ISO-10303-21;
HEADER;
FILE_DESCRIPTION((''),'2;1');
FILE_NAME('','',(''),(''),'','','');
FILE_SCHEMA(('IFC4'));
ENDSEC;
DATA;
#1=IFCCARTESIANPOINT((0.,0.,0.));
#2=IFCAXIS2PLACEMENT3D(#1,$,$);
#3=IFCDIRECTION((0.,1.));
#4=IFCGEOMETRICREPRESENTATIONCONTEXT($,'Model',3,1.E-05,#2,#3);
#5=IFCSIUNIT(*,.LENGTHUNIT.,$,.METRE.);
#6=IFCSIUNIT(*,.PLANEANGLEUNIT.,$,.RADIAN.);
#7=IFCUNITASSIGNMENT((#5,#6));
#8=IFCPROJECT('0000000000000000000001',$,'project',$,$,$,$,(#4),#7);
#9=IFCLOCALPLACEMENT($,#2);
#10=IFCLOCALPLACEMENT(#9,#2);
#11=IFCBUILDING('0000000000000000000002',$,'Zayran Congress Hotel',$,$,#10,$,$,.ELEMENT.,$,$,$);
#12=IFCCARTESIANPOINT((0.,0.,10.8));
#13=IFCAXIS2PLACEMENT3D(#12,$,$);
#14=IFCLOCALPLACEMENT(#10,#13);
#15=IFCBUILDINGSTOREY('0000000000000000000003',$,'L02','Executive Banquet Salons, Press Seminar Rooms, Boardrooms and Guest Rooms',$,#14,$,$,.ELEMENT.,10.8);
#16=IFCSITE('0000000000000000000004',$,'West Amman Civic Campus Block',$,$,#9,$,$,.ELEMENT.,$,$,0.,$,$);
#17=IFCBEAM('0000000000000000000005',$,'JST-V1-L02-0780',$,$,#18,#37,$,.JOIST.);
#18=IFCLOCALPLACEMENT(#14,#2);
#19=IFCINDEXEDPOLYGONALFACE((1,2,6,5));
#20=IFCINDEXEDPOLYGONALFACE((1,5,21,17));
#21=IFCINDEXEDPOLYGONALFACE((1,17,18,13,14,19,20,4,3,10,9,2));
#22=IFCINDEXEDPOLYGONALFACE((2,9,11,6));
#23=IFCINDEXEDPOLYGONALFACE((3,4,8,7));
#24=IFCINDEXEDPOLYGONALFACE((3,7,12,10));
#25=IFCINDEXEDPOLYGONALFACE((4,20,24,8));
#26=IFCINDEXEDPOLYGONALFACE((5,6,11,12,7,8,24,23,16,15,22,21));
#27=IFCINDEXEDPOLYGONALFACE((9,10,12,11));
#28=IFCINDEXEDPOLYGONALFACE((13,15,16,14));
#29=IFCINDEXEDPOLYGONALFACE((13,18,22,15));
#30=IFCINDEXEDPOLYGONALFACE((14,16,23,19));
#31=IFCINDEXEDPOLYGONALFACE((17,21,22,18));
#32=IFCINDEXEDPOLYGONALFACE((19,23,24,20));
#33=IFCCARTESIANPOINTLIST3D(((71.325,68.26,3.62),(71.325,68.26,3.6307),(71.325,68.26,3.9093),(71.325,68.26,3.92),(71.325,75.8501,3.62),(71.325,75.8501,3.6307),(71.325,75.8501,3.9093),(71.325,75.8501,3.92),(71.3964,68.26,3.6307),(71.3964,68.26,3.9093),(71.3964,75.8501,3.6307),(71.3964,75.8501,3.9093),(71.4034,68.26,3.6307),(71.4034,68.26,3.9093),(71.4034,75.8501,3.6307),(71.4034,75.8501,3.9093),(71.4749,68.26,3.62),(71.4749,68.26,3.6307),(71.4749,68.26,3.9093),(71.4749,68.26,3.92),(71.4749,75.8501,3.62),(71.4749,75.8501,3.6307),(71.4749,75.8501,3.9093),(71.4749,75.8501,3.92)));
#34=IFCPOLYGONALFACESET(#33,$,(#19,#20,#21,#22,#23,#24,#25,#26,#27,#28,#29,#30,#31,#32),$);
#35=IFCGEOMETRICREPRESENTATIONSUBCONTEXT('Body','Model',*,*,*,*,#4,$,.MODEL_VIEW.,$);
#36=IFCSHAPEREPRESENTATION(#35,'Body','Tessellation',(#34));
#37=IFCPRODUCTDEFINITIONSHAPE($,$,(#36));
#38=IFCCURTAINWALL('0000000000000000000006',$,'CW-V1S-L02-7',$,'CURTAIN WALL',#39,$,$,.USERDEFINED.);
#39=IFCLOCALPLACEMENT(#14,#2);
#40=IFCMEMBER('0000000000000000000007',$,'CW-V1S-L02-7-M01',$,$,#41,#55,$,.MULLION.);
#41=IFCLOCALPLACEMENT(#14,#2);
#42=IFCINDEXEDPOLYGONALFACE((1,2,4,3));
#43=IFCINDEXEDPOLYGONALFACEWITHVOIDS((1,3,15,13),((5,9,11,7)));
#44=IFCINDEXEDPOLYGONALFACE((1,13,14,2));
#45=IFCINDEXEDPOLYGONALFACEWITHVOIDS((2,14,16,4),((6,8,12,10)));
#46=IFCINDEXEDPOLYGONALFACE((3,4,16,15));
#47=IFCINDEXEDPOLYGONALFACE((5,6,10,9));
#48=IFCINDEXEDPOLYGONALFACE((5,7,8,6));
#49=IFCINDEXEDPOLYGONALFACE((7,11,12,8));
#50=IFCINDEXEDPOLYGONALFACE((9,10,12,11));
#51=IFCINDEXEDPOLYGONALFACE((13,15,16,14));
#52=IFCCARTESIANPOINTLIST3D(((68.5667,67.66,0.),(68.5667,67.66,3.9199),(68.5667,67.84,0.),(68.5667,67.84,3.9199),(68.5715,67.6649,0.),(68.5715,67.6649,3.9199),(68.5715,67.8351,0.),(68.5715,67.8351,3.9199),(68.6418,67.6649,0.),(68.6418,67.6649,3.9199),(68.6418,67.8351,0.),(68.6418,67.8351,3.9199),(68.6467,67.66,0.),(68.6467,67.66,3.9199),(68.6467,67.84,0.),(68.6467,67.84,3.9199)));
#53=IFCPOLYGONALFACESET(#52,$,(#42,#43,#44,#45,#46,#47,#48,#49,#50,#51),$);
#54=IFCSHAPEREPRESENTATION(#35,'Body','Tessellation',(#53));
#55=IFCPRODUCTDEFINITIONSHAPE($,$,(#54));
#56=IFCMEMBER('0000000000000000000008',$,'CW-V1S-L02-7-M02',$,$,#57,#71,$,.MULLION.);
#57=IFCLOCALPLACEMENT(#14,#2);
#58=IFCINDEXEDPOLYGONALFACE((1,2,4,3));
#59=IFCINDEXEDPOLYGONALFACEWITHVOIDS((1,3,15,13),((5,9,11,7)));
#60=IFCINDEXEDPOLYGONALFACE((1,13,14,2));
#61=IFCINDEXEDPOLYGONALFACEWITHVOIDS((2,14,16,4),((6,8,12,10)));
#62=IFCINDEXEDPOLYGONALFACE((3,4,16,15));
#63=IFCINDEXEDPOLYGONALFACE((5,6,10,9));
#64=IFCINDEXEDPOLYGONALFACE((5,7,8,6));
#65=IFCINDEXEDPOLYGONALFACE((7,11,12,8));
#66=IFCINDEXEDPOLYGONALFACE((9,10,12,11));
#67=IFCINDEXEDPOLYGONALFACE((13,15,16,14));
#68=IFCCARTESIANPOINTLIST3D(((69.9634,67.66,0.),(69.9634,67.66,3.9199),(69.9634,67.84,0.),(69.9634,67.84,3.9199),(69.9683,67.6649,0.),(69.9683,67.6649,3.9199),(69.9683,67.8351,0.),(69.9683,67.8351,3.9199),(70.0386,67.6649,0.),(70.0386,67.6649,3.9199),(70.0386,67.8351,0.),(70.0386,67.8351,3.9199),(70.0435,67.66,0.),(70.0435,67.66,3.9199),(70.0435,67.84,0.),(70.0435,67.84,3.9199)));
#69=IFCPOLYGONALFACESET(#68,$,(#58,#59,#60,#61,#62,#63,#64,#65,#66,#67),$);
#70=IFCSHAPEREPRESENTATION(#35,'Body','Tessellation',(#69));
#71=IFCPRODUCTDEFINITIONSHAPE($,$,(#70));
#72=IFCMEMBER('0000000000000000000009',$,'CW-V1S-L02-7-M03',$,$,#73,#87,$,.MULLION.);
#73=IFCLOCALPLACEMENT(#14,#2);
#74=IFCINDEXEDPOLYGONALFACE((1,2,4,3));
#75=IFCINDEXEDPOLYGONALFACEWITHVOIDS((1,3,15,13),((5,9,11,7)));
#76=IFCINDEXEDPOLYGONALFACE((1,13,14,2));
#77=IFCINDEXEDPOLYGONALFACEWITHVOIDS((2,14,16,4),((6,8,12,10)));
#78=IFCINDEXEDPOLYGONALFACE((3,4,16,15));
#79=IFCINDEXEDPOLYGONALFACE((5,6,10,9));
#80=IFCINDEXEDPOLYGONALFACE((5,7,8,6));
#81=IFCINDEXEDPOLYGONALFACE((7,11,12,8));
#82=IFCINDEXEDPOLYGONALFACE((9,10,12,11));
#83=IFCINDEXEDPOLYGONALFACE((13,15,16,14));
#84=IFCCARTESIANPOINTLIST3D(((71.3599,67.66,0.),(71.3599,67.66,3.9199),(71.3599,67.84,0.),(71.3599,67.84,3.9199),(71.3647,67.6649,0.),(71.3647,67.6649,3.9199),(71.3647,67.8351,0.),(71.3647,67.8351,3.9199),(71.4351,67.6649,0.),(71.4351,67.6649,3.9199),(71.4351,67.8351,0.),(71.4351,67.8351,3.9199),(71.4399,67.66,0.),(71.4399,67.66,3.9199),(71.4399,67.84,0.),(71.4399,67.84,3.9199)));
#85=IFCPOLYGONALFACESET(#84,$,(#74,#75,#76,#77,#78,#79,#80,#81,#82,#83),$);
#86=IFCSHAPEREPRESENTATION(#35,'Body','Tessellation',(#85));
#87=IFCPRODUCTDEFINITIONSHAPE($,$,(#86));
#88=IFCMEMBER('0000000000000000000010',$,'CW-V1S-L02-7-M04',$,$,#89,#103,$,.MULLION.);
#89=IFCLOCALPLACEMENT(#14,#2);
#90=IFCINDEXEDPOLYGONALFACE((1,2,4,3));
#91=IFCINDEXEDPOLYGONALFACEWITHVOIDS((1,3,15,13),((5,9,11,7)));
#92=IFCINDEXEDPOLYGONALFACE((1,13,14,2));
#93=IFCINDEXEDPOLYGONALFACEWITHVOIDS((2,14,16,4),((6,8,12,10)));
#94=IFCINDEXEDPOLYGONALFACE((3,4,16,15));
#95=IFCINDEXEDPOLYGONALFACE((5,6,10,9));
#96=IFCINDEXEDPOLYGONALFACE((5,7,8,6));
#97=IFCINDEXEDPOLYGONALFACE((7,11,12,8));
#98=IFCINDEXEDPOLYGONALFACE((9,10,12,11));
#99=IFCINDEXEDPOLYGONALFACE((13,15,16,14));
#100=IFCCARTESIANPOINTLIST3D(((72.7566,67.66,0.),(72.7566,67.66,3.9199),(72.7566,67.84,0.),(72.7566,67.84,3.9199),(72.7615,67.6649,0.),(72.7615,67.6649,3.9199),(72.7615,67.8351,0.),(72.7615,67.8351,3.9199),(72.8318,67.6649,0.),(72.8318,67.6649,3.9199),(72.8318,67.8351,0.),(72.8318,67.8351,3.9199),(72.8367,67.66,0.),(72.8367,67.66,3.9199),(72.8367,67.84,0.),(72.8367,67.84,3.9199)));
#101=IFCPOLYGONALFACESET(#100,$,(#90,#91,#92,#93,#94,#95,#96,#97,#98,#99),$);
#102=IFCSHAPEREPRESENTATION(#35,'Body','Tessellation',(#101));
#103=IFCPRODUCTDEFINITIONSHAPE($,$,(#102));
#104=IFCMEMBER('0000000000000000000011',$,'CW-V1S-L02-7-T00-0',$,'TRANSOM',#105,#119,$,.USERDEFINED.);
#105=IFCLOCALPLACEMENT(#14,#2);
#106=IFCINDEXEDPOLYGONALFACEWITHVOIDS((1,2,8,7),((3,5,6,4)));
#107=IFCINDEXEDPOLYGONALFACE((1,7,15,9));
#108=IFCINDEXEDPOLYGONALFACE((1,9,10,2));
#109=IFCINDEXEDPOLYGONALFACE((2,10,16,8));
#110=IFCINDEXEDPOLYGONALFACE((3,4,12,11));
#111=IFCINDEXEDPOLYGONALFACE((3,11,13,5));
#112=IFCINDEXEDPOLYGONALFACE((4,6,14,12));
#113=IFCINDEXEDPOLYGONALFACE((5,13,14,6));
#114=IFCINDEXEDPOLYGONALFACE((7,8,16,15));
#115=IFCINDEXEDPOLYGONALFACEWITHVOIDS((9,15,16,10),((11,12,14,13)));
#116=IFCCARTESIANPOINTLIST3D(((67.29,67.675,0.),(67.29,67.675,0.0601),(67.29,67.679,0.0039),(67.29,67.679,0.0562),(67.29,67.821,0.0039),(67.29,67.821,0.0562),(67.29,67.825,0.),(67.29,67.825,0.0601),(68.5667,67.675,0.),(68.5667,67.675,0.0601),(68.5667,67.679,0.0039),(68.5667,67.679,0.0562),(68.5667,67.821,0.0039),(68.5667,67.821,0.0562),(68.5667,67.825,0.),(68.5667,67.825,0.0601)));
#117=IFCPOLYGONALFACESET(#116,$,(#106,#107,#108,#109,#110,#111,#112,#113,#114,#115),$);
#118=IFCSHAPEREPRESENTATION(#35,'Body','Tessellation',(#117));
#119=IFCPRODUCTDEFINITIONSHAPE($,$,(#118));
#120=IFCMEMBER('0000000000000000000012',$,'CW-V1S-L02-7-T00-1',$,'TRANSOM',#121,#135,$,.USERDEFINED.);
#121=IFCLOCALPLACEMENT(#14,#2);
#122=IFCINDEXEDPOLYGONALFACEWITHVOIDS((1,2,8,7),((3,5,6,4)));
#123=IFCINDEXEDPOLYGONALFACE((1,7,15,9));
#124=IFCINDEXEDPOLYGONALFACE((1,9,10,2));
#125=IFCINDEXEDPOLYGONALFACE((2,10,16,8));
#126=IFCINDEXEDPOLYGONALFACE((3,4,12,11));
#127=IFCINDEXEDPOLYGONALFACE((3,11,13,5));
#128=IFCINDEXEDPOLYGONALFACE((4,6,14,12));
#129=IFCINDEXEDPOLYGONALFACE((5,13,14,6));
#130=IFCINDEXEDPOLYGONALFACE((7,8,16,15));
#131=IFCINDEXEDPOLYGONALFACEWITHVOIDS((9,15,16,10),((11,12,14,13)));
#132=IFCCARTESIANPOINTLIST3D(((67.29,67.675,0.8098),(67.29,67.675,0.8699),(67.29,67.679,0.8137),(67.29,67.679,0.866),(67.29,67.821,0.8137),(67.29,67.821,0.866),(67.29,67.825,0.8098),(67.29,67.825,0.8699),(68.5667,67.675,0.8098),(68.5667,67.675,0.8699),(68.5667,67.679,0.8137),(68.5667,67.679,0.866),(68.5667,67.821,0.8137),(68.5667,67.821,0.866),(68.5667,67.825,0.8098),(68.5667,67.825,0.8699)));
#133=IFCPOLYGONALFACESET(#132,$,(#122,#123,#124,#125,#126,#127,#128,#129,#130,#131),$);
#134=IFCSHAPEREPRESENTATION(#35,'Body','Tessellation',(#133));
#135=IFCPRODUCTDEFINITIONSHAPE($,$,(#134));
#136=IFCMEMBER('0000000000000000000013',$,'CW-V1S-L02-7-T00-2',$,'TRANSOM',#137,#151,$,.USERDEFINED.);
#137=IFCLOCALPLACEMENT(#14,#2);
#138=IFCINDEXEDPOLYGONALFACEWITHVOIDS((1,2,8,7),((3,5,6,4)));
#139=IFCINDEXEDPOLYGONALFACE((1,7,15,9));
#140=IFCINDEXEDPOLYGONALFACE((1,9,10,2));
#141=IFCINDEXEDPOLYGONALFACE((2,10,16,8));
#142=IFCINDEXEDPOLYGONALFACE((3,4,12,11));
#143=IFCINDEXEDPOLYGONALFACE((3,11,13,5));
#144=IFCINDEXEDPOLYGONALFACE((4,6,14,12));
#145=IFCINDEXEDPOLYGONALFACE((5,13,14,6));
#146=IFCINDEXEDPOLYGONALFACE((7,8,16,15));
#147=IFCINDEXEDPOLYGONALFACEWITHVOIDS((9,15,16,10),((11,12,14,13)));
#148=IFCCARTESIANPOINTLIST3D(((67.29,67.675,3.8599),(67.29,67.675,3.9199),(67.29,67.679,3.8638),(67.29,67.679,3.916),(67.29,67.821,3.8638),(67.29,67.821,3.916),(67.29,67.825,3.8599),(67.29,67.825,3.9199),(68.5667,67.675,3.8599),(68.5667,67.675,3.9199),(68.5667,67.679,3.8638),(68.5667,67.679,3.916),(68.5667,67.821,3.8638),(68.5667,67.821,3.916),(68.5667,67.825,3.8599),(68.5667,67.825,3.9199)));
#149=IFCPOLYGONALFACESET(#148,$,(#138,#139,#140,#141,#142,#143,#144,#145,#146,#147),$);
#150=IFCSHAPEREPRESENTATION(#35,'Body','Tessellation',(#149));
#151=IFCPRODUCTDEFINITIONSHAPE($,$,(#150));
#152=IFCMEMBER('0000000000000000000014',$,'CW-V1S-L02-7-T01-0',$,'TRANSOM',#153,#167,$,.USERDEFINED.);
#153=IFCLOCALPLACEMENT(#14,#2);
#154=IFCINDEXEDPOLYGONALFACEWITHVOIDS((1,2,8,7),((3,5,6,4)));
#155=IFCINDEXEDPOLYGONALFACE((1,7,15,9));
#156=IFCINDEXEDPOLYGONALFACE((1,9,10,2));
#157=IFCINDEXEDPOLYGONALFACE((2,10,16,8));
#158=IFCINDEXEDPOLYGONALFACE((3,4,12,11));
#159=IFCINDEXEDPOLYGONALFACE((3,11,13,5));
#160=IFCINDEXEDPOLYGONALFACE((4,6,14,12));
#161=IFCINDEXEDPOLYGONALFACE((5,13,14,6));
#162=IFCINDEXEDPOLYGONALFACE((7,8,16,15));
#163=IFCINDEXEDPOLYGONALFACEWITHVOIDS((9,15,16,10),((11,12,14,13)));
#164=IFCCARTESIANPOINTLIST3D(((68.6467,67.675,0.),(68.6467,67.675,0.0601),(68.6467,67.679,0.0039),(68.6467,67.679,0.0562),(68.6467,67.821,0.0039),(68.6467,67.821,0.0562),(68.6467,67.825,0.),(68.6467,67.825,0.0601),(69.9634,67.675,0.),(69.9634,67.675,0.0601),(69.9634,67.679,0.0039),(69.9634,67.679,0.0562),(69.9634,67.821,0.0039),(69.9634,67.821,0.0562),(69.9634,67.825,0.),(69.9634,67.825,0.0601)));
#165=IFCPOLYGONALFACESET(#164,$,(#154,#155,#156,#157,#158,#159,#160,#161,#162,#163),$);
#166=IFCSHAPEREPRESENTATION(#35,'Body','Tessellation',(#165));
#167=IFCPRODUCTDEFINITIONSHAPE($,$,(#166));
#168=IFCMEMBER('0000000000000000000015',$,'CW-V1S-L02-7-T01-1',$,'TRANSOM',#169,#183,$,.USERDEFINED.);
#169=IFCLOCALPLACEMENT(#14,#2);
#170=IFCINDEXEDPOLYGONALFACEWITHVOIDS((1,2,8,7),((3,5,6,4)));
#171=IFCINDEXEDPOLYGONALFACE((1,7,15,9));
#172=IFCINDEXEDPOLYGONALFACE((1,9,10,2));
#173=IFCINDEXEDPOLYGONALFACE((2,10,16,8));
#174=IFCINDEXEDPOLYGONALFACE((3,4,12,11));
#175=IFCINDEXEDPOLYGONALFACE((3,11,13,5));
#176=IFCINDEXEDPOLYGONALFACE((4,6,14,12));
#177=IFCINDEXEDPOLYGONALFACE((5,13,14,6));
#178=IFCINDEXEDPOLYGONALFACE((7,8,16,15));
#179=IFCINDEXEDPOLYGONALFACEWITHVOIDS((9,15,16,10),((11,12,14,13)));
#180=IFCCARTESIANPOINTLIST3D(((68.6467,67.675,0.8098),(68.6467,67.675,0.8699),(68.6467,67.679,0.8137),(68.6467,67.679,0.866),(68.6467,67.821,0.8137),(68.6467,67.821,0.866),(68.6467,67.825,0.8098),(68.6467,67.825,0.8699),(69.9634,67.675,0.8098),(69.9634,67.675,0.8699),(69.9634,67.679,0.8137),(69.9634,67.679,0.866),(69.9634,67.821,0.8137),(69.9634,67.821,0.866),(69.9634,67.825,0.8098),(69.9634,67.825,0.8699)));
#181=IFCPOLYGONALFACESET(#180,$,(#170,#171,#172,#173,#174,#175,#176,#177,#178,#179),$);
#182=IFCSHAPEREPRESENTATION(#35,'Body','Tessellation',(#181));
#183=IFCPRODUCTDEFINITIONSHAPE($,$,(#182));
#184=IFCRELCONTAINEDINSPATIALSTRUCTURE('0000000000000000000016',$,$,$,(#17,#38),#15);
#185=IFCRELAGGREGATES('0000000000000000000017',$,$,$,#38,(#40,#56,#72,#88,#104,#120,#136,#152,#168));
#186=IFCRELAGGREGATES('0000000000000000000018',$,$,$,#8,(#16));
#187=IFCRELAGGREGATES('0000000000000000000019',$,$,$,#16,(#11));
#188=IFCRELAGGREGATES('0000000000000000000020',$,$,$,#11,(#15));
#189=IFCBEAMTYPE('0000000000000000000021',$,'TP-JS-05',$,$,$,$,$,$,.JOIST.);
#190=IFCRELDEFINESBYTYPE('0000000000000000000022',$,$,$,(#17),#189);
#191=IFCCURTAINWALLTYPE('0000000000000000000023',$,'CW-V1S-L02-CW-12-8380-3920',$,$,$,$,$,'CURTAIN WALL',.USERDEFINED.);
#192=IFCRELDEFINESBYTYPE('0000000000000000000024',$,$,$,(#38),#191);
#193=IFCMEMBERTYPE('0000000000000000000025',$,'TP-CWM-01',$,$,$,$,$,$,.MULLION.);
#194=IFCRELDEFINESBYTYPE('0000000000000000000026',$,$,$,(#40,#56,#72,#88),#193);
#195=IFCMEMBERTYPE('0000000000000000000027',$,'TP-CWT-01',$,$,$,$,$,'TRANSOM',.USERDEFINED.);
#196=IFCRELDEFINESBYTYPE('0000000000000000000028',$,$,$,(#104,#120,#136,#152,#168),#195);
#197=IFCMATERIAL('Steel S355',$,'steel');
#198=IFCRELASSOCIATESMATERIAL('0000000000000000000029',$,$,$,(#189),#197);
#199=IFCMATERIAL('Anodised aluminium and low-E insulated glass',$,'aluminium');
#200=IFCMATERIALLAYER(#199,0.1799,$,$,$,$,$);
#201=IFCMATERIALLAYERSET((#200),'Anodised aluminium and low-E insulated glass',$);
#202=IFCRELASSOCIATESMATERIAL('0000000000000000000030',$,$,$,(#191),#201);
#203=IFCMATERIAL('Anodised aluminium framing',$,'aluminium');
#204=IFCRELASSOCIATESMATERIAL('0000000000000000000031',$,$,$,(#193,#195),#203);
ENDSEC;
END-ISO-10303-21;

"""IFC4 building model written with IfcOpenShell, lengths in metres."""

from ifc_helpers import new_model, si_unit, direction, frame, origin, origin_2d, place, context, subcontext, project, spatial, hollow_rectangle, i_section, extrude, material, layer, layer_set, material_profile, profile_set, type_object, element, aggregate, save


model = new_model("IFC4")

# Units and contexts
model_context = context("Model", 3, precision=1e-05, world=origin(), true_north=direction((0.0, 1.0)))
body_context = subcontext(model_context, "Body", "Model", "MODEL_VIEW")
ifc_project = project(units=[si_unit("LENGTHUNIT", "METRE"), si_unit("PLANEANGLEUNIT", "RADIAN")], contexts=[model_context])

# Site, building, storey
site_placement = place(None, origin())
site = spatial("IfcSite", under=ifc_project, at=site_placement, Name="West Amman Civic Campus Block", CompositionType="ELEMENT", RefElevation=0.0)
building_placement = place(site_placement, origin())
building = spatial("IfcBuilding", under=site, at=building_placement, Name="Zayran Congress Hotel", CompositionType="ELEMENT")
storey_placement = place(building_placement, frame((0.0, 0.0, 10.8)))
storey = spatial("IfcBuildingStorey", under=building, at=storey_placement, Name="L02", Description="Executive Banquet Salons, Press Seminar Rooms, Boardrooms and Guest Rooms", CompositionType="ELEMENT", Elevation=10.8)

# Beam
ifc_material_1 = material(Name="Steel S355", Category="steel")
ifc_material_profile_1 = material_profile(ifc_material_1, i_section(OverallWidth=0.1499, OverallDepth=0.3, WebThickness=0.0071, FlangeThickness=0.0107, at=origin_2d()), Name="IPE 300")
ifc_profile_set_1 = profile_set([ifc_material_profile_1], Name="Steel S355")
beam_type = type_object("IfcBeamType", Name="TP-JS-05", PredefinedType="JOIST", material=ifc_profile_set_1)
beam_placement = place(storey_placement, frame((71.3999, 68.26, 3.77), z_axis=(0.0, 1.0, 0.0), x_axis=(-1.0, 0.0, 0.0)))
element("IfcBeam", 1, at=beam_placement, inside=storey, type_object=beam_type, Name="JST-V1-L02-0780", PredefinedType="JOIST", context=body_context, shape_type="SweptSolid", body=[
    extrude(i_section(OverallWidth=0.1499, OverallDepth=0.3, WebThickness=0.0071, FlangeThickness=0.0107, at=origin_2d()), origin(), (0.0, 0.0, 1.0), 7.5901),
])

# Curtain wall, members
ifc_material_2 = material(Name="Anodised aluminium and low-E insulated glass", Category="aluminium")
ifc_layer_1 = layer(ifc_material_2, 0.1799)
ifc_layer_set_1 = layer_set([ifc_layer_1], Name="Anodised aluminium and low-E insulated glass")
curtain_wall_type = type_object("IfcCurtainWallType", Name="CW-V1S-L02-CW-12-8380-3920", ElementType="CURTAIN WALL", PredefinedType="USERDEFINED", material=ifc_layer_set_1)
curtain_wall_placement = place(storey_placement, origin())
curtain_wall = element("IfcCurtainWall", 2, at=curtain_wall_placement, inside=storey, type_object=curtain_wall_type, Name="CW-V1S-L02-7", ObjectType="CURTAIN WALL", PredefinedType="USERDEFINED")
ifc_material_3 = material(Name="Anodised aluminium framing", Category="aluminium")
ifc_material_profile_2 = material_profile(ifc_material_3, hollow_rectangle(XDim=0.0801, YDim=0.1799, WallThickness=0.0049, at=origin_2d()), Name="RHS 180x80x5")
ifc_profile_set_2 = profile_set([ifc_material_profile_2], Name="Anodised aluminium framing")
member_type_1 = type_object("IfcMemberType", Name="TP-CWM-01", PredefinedType="MULLION", material=ifc_profile_set_2)
member_1_placement = place(storey_placement, frame((68.6067, 67.75, 0.0), z_axis=(0.0, 0.0, 1.0), x_axis=(1.0, 0.0, 0.0)))
member_1 = element("IfcMember", 3, at=member_1_placement, type_object=member_type_1, Name="CW-V1S-L02-7-M01", PredefinedType="MULLION", context=body_context, shape_type="SweptSolid", body=[
    extrude(hollow_rectangle(XDim=0.0801, YDim=0.1799, WallThickness=0.0049, at=origin_2d()), origin(), (0.0, 0.0, 1.0), 3.9199),
])
member_2_placement = place(storey_placement, frame((70.0034, 67.75, 0.0), z_axis=(0.0, 0.0, 1.0), x_axis=(1.0, 0.0, 0.0)))
member_2 = element("IfcMember", 4, at=member_2_placement, type_object=member_type_1, Name="CW-V1S-L02-7-M02", PredefinedType="MULLION", context=body_context, shape_type="SweptSolid", body=[
    extrude(hollow_rectangle(XDim=0.0801, YDim=0.1799, WallThickness=0.0049, at=origin_2d()), origin(), (0.0, 0.0, 1.0), 3.9199),
])
member_3_placement = place(storey_placement, frame((71.3999, 67.75, 0.0), z_axis=(0.0, 0.0, 1.0), x_axis=(1.0, 0.0, 0.0)))
member_3 = element("IfcMember", 5, at=member_3_placement, type_object=member_type_1, Name="CW-V1S-L02-7-M03", PredefinedType="MULLION", context=body_context, shape_type="SweptSolid", body=[
    extrude(hollow_rectangle(XDim=0.0801, YDim=0.1799, WallThickness=0.0049, at=origin_2d()), origin(), (0.0, 0.0, 1.0), 3.9199),
])
member_4_placement = place(storey_placement, frame((72.7966, 67.75, 0.0), z_axis=(0.0, 0.0, 1.0), x_axis=(1.0, 0.0, 0.0)))
member_4 = element("IfcMember", 6, at=member_4_placement, type_object=member_type_1, Name="CW-V1S-L02-7-M04", PredefinedType="MULLION", context=body_context, shape_type="SweptSolid", body=[
    extrude(hollow_rectangle(XDim=0.0801, YDim=0.1799, WallThickness=0.0049, at=origin_2d()), origin(), (0.0, 0.0, 1.0), 3.9199),
])
ifc_material_profile_3 = material_profile(ifc_material_3, hollow_rectangle(XDim=0.0601, YDim=0.1499, WallThickness=0.0039, at=origin_2d()), Name="RHS 150x60x4")
ifc_profile_set_3 = profile_set([ifc_material_profile_3], Name="Anodised aluminium framing")
member_type_2 = type_object("IfcMemberType", Name="TP-CWT-01", ElementType="TRANSOM", PredefinedType="USERDEFINED", material=ifc_profile_set_3)
member_5_placement = place(storey_placement, frame((67.29, 67.75, 0.03), z_axis=(1.0, 0.0, 0.0), x_axis=(0.0, 0.0, 1.0)))
member_5 = element("IfcMember", 7, at=member_5_placement, type_object=member_type_2, Name="CW-V1S-L02-7-T00-0", ObjectType="TRANSOM", PredefinedType="USERDEFINED", context=body_context, shape_type="SweptSolid", body=[
    extrude(hollow_rectangle(XDim=0.0601, YDim=0.1499, WallThickness=0.0039, at=origin_2d()), origin(), (0.0, 0.0, 1.0), 1.2766),
])
member_6_placement = place(storey_placement, frame((67.29, 67.75, 0.8398), z_axis=(1.0, 0.0, 0.0), x_axis=(0.0, 0.0, 1.0)))
member_6 = element("IfcMember", 8, at=member_6_placement, type_object=member_type_2, Name="CW-V1S-L02-7-T00-1", ObjectType="TRANSOM", PredefinedType="USERDEFINED", context=body_context, shape_type="SweptSolid", body=[
    extrude(hollow_rectangle(XDim=0.0601, YDim=0.1499, WallThickness=0.0039, at=origin_2d()), origin(), (0.0, 0.0, 1.0), 1.2766),
])
member_7_placement = place(storey_placement, frame((67.29, 67.75, 3.8899), z_axis=(1.0, 0.0, 0.0), x_axis=(0.0, 0.0, 1.0)))
member_7 = element("IfcMember", 9, at=member_7_placement, type_object=member_type_2, Name="CW-V1S-L02-7-T00-2", ObjectType="TRANSOM", PredefinedType="USERDEFINED", context=body_context, shape_type="SweptSolid", body=[
    extrude(hollow_rectangle(XDim=0.0601, YDim=0.1499, WallThickness=0.0039, at=origin_2d()), origin(), (0.0, 0.0, 1.0), 1.2766),
])
member_8_placement = place(storey_placement, frame((68.6467, 67.75, 0.03), z_axis=(1.0, 0.0, 0.0), x_axis=(0.0, 0.0, 1.0)))
member_8 = element("IfcMember", 10, at=member_8_placement, type_object=member_type_2, Name="CW-V1S-L02-7-T01-0", ObjectType="TRANSOM", PredefinedType="USERDEFINED", context=body_context, shape_type="SweptSolid", body=[
    extrude(hollow_rectangle(XDim=0.0601, YDim=0.1499, WallThickness=0.0039, at=origin_2d()), origin(), (0.0, 0.0, 1.0), 1.3167),
])
member_9_placement = place(storey_placement, frame((68.6467, 67.75, 0.8398), z_axis=(1.0, 0.0, 0.0), x_axis=(0.0, 0.0, 1.0)))
member_9 = element("IfcMember", 11, at=member_9_placement, type_object=member_type_2, Name="CW-V1S-L02-7-T01-1", ObjectType="TRANSOM", PredefinedType="USERDEFINED", context=body_context, shape_type="SweptSolid", body=[
    extrude(hollow_rectangle(XDim=0.0601, YDim=0.1499, WallThickness=0.0039, at=origin_2d()), origin(), (0.0, 0.0, 1.0), 1.3167),
])
aggregate(curtain_wall, [member_1, member_2, member_3, member_4, member_5, member_6, member_7, member_8, member_9])

save(model, "model.ifc")
